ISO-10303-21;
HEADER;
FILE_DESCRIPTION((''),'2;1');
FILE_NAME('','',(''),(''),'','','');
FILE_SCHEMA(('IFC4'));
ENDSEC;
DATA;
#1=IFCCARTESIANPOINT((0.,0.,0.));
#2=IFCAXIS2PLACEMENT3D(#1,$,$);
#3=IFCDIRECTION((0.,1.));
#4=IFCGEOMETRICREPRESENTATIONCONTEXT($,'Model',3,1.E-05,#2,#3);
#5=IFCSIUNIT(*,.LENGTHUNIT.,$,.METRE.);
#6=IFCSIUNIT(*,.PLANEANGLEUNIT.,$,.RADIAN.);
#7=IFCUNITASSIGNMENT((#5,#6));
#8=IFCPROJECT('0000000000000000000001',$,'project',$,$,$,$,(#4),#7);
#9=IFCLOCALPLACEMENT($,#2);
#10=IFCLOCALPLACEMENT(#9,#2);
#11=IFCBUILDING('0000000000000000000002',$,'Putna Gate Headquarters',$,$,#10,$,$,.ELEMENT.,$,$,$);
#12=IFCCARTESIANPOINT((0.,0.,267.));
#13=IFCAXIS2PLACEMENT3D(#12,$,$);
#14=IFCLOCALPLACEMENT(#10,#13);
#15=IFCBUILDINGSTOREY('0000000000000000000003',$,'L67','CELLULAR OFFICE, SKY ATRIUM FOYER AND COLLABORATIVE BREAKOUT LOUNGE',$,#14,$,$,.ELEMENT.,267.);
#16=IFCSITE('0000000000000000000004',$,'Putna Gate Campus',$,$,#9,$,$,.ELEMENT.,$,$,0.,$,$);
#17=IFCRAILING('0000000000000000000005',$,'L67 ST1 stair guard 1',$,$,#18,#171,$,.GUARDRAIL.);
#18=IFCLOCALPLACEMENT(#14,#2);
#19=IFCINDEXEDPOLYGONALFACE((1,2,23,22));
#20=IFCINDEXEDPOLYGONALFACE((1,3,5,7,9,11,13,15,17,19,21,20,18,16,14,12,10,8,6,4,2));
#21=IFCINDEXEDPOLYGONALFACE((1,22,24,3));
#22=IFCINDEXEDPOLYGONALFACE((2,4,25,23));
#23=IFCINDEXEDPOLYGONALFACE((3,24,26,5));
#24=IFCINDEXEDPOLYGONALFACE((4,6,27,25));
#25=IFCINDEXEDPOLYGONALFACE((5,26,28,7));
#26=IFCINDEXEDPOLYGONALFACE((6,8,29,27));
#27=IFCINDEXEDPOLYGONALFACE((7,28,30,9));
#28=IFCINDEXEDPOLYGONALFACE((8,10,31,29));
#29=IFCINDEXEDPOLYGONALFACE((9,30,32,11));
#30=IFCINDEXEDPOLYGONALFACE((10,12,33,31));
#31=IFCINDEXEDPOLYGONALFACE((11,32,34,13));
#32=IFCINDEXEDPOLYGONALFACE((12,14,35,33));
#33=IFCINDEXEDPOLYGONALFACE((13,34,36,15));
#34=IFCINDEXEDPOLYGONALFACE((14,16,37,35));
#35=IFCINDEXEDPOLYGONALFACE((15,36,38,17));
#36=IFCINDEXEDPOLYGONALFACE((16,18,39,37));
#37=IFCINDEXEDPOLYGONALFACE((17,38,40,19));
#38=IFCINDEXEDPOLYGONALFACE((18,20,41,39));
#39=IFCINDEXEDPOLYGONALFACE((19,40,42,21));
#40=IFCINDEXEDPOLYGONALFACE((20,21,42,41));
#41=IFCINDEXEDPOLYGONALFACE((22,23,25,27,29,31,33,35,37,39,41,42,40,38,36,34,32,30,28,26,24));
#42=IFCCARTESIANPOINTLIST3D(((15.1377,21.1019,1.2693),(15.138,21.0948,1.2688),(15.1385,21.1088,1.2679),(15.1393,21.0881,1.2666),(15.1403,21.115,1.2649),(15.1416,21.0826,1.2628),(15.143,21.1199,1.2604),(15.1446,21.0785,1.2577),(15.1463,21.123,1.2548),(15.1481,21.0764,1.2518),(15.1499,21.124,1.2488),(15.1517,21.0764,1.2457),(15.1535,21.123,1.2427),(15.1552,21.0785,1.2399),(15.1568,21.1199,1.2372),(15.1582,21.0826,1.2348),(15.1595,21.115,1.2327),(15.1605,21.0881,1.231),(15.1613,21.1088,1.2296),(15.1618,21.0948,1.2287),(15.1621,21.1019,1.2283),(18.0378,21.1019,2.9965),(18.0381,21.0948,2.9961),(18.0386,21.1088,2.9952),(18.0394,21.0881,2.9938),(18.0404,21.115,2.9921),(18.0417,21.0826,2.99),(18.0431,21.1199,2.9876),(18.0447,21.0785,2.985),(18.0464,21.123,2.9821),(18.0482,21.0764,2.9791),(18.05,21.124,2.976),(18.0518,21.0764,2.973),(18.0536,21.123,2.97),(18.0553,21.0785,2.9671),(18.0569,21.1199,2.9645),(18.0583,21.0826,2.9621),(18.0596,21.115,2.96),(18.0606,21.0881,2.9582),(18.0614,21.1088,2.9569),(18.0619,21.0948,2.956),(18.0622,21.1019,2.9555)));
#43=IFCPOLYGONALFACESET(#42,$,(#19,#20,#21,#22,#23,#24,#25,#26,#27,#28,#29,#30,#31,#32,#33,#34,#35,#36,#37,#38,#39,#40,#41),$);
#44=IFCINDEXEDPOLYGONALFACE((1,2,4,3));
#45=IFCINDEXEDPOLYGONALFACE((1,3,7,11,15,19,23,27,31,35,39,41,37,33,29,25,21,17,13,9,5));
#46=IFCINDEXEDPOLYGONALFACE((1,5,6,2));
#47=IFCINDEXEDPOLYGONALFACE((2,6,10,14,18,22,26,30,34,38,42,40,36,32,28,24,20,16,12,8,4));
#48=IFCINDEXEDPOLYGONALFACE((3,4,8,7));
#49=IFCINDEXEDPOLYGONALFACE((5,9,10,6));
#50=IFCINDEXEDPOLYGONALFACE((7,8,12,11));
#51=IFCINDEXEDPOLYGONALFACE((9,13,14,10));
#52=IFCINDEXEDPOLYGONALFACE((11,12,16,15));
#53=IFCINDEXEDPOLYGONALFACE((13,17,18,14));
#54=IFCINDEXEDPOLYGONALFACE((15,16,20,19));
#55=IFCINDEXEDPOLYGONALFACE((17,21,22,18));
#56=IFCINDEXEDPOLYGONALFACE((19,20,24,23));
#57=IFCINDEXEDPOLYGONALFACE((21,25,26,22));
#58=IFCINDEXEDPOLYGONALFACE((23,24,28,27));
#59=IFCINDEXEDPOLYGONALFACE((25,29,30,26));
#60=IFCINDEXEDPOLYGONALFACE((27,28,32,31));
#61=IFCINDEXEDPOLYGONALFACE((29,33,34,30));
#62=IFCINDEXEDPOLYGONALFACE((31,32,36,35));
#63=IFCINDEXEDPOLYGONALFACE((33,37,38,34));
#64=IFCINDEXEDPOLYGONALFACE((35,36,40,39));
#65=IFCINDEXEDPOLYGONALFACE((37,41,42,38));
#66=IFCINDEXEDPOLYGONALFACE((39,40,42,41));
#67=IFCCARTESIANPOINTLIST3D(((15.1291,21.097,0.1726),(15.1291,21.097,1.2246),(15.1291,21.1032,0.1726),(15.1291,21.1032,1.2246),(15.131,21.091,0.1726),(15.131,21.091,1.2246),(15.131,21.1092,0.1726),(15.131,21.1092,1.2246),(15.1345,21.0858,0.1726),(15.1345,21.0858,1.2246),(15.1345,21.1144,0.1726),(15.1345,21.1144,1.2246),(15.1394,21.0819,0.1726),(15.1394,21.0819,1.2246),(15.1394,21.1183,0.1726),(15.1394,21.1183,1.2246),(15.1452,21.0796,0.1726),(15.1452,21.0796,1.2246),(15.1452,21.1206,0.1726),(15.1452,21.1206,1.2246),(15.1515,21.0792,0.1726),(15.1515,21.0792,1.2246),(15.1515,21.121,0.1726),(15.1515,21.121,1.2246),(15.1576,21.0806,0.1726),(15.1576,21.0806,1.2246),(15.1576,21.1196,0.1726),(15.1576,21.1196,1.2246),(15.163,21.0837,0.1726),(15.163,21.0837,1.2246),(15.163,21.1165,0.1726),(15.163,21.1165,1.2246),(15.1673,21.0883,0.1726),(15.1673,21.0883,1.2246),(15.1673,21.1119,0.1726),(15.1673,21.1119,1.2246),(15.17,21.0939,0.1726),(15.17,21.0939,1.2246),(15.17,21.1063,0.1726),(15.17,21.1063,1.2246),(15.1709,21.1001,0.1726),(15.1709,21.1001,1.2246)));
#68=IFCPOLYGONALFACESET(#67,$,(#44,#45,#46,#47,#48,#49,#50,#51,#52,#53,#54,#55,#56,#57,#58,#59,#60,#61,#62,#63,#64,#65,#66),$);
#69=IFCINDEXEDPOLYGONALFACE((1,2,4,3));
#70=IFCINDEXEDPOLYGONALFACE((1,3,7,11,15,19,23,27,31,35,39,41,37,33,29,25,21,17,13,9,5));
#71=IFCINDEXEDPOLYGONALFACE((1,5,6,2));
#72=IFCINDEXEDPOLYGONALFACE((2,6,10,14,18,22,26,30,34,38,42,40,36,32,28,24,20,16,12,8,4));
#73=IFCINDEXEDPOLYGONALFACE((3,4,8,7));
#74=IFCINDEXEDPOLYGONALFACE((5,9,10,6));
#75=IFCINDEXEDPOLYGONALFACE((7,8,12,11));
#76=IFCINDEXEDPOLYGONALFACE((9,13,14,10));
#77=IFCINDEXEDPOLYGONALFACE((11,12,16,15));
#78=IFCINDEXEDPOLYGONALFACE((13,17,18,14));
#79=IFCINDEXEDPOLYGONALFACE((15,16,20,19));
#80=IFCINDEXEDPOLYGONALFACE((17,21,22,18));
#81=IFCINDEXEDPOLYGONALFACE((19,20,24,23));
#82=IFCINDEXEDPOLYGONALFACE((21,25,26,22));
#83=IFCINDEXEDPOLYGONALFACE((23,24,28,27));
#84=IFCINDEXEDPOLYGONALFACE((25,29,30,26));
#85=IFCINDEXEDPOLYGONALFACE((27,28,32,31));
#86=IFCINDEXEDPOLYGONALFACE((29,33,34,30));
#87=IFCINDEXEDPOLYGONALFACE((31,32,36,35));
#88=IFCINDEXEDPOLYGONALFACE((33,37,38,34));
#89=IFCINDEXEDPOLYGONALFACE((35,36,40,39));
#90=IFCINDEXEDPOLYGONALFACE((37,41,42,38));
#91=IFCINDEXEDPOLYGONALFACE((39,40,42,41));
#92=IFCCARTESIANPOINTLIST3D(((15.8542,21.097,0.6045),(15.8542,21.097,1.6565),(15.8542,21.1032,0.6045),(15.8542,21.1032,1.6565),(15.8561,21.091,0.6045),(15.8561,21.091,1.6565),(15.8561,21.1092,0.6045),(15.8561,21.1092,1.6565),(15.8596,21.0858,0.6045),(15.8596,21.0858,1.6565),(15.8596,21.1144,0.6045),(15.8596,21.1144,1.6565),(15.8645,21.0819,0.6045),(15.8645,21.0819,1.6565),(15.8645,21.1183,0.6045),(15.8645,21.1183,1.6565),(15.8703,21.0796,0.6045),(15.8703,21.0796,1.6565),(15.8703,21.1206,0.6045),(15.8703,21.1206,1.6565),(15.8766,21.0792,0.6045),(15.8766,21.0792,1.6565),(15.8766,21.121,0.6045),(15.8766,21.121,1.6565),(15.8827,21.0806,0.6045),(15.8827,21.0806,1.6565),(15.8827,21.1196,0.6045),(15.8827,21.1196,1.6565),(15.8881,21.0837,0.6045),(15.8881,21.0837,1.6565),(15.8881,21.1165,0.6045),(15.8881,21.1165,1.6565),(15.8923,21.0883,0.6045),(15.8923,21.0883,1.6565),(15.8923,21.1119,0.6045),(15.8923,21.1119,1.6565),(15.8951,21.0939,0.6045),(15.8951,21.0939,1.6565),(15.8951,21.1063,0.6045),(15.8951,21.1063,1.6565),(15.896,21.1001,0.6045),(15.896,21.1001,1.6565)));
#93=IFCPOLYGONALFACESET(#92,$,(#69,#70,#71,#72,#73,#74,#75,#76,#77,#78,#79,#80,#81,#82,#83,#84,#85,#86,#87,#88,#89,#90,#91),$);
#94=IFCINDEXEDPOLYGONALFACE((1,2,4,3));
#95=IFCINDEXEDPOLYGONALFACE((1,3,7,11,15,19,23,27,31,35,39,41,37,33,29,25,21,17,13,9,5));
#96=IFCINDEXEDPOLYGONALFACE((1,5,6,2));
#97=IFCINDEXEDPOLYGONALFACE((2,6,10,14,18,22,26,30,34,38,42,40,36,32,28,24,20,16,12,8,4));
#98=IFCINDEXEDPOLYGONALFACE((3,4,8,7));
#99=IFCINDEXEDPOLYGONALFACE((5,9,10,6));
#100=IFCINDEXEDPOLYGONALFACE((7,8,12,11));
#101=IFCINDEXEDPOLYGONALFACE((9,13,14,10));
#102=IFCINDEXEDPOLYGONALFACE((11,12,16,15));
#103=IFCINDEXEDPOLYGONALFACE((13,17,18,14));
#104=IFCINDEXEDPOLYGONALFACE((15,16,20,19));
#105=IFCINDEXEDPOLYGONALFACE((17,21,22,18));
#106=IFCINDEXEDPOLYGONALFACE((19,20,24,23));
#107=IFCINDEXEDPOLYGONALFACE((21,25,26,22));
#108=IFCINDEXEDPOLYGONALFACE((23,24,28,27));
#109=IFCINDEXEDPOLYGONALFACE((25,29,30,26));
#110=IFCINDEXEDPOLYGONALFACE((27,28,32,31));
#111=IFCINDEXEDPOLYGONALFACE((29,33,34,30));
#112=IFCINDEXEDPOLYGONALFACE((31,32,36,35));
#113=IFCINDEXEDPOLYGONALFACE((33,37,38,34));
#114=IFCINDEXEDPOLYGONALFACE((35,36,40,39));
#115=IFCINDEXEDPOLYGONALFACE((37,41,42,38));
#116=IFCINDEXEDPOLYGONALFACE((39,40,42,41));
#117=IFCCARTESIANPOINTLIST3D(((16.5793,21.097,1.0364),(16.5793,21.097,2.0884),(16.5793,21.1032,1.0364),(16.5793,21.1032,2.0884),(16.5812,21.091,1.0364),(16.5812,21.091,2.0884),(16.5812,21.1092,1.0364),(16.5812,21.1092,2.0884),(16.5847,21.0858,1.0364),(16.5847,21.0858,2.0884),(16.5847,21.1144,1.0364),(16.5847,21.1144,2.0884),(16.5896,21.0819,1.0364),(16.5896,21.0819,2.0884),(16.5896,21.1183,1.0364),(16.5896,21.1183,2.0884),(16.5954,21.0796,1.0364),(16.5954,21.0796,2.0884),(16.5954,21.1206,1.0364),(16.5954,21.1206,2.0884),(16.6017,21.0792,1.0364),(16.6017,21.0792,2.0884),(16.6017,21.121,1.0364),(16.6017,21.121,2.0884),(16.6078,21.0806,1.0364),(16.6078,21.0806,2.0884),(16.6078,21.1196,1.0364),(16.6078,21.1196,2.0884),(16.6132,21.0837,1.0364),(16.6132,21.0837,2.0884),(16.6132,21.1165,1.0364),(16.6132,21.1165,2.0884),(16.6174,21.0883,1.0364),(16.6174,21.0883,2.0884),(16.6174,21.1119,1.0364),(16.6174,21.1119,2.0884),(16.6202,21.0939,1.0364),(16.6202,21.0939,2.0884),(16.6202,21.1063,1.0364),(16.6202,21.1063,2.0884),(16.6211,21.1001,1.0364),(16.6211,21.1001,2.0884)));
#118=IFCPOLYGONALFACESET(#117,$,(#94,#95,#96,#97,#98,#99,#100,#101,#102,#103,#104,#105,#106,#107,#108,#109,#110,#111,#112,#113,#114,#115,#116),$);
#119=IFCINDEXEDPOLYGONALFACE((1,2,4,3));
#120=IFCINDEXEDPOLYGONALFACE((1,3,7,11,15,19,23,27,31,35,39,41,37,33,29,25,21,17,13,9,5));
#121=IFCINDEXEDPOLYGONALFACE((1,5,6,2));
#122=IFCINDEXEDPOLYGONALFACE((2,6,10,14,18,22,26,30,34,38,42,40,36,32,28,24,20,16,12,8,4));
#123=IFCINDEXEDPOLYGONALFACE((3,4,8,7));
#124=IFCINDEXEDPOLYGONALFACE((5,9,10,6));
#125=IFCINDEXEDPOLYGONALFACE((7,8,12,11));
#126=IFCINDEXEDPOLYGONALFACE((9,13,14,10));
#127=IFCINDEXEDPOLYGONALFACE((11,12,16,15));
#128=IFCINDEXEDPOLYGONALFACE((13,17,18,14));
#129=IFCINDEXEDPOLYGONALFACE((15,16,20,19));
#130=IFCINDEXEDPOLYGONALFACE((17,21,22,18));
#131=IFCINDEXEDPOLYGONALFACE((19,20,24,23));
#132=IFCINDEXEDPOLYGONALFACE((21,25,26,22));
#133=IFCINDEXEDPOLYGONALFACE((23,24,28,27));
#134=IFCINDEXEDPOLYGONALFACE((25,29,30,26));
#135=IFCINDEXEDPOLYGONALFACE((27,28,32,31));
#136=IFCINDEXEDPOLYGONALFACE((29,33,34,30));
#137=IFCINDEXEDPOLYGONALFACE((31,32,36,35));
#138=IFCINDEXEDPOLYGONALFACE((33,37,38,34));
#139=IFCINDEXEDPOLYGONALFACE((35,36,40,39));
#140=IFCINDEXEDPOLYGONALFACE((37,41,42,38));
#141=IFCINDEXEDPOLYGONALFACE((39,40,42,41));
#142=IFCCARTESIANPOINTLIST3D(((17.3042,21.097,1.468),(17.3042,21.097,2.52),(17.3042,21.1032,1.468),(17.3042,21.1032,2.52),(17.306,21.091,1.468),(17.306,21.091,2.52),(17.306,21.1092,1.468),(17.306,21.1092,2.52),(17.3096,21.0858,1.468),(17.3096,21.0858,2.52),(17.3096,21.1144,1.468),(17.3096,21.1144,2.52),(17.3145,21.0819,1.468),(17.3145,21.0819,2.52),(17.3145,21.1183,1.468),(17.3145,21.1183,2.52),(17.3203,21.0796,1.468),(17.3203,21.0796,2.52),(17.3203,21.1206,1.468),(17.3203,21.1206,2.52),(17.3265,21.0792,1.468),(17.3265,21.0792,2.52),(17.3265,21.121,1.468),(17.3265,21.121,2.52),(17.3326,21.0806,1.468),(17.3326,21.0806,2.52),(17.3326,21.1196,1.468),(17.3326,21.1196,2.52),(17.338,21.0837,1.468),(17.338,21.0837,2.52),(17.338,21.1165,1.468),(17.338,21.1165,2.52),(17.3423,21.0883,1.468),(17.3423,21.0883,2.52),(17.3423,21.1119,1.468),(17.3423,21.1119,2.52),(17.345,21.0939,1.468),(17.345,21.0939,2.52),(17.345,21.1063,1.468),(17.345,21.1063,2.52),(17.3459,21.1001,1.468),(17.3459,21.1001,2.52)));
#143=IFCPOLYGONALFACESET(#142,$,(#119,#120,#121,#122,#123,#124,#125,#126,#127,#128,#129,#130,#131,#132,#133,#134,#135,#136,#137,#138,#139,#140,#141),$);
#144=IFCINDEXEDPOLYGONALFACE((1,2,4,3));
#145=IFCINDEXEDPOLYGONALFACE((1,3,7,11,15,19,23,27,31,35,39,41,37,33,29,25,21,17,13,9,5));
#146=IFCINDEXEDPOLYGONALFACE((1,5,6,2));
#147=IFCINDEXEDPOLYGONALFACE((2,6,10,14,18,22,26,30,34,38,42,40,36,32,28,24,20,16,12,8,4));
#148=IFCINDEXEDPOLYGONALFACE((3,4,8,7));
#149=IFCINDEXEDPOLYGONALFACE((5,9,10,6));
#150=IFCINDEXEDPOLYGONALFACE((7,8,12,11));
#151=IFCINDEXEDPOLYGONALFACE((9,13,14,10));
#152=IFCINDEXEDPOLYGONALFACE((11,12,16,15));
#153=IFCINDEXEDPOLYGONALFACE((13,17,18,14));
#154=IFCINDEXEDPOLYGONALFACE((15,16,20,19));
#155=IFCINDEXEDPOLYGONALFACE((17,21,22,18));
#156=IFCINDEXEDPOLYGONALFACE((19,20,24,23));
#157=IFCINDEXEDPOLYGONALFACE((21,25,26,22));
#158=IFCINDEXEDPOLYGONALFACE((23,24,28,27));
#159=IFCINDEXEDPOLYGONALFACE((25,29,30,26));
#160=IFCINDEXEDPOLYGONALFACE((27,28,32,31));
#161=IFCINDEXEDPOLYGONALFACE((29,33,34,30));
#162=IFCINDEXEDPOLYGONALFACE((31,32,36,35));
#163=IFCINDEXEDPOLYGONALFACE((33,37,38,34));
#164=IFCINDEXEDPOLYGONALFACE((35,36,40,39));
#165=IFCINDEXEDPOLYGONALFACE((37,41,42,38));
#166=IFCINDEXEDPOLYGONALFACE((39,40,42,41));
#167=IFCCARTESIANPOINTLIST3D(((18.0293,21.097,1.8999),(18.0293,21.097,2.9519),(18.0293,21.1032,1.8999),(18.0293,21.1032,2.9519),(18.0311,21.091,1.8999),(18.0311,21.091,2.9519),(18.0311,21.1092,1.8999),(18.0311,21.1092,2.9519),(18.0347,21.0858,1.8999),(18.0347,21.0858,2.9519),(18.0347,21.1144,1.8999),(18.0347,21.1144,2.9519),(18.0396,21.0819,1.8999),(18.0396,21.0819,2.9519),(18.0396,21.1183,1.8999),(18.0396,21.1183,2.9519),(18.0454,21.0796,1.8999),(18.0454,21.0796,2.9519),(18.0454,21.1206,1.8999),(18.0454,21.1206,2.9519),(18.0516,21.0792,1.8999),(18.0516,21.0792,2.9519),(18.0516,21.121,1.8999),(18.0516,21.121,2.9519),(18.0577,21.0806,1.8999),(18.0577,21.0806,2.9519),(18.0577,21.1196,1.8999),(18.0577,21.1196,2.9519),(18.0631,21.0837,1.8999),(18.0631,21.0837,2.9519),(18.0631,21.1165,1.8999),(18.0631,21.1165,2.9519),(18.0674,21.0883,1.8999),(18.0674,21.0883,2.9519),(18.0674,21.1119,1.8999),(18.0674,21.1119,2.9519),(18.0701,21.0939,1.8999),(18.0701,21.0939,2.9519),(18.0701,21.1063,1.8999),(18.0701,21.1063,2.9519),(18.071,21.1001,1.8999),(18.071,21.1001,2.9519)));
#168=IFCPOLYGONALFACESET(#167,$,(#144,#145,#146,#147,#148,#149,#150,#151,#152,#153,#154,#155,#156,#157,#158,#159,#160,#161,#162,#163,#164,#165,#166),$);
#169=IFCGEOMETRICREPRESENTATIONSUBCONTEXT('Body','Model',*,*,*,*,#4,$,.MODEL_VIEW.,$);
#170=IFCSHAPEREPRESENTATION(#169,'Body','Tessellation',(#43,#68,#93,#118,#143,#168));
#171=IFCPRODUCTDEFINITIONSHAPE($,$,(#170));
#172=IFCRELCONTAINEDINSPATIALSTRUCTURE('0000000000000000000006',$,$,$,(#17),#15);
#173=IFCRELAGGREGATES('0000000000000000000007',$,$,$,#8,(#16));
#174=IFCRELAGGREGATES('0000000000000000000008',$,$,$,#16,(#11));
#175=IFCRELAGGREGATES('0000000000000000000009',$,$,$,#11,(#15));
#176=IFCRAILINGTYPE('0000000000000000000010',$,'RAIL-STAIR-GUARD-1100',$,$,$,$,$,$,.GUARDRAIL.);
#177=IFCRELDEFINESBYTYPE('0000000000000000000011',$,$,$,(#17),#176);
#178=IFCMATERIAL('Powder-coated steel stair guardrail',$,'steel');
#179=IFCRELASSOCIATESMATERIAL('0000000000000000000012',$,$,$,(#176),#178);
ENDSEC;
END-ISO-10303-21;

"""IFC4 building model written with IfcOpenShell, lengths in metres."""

from ifc_helpers import new_model, si_unit, direction, frame, origin, origin_2d, place, context, subcontext, project, spatial, circle, extrude, material, type_object, element, save


model = new_model("IFC4")

# Units and contexts
model_context = context("Model", 3, precision=1e-05, world=origin(), true_north=direction((0.0, 1.0)))
body_context = subcontext(model_context, "Body", "Model", "MODEL_VIEW")
ifc_project = project(units=[si_unit("LENGTHUNIT", "METRE"), si_unit("PLANEANGLEUNIT", "RADIAN")], contexts=[model_context])

# Site, building, storey
site_placement = place(None, origin())
site = spatial("IfcSite", under=ifc_project, at=site_placement, Name="Putna Gate Campus", CompositionType="ELEMENT", RefElevation=0.0)
building_placement = place(site_placement, origin())
building = spatial("IfcBuilding", under=site, at=building_placement, Name="Putna Gate Headquarters", CompositionType="ELEMENT")
storey_placement = place(building_placement, frame((0.0, 0.0, 267.0)))
storey = spatial("IfcBuildingStorey", under=building, at=storey_placement, Name="L67", Description="CELLULAR OFFICE, SKY ATRIUM FOYER AND COLLABORATIVE BREAKOUT LOUNGE", CompositionType="ELEMENT", Elevation=267.0)

# Railing
ifc_material_1 = material(Name="Powder-coated steel stair guardrail", Category="steel")
railing_type_1 = type_object("IfcRailingType", Name="RAIL-STAIR-GUARD-1100", PredefinedType="GUARDRAIL", material=ifc_material_1)
railing_1_placement = place(storey_placement, frame((15.1499, 21.1001, 0.1726)))
element("IfcRailing", 1, at=railing_1_placement, inside=storey, type_object=railing_type_1, Name="L67 ST1 stair guard 1", PredefinedType="GUARDRAIL", context=body_context, shape_type="SweptSolid", body=[
    extrude(circle(Radius=0.0239, at=origin_2d()), frame((0.0, 0.0, 1.0762), z_axis=(0.85916, 0.0, 0.511706), x_axis=(0.0, 1.0, 0.0)), (0.0, 0.0, 1.0), 3.3755),
    extrude(circle(Radius=0.021, at=origin_2d()), origin(), (0.0, 0.0, 1.0), 1.052),
    extrude(circle(Radius=0.021, at=origin_2d()), frame((0.7251, 0.0, 0.4319)), (0.0, 0.0, 1.0), 1.052),
    extrude(circle(Radius=0.021, at=origin_2d()), frame((1.4502, 0.0, 0.8638)), (0.0, 0.0, 1.0), 1.052),
    extrude(circle(Radius=0.021, at=origin_2d()), frame((2.175, 0.0, 1.2954)), (0.0, 0.0, 1.0), 1.052),
    extrude(circle(Radius=0.021, at=origin_2d()), frame((2.9001, 0.0, 1.7273)), (0.0, 0.0, 1.0), 1.052),
])

save(model, "model.ifc")
